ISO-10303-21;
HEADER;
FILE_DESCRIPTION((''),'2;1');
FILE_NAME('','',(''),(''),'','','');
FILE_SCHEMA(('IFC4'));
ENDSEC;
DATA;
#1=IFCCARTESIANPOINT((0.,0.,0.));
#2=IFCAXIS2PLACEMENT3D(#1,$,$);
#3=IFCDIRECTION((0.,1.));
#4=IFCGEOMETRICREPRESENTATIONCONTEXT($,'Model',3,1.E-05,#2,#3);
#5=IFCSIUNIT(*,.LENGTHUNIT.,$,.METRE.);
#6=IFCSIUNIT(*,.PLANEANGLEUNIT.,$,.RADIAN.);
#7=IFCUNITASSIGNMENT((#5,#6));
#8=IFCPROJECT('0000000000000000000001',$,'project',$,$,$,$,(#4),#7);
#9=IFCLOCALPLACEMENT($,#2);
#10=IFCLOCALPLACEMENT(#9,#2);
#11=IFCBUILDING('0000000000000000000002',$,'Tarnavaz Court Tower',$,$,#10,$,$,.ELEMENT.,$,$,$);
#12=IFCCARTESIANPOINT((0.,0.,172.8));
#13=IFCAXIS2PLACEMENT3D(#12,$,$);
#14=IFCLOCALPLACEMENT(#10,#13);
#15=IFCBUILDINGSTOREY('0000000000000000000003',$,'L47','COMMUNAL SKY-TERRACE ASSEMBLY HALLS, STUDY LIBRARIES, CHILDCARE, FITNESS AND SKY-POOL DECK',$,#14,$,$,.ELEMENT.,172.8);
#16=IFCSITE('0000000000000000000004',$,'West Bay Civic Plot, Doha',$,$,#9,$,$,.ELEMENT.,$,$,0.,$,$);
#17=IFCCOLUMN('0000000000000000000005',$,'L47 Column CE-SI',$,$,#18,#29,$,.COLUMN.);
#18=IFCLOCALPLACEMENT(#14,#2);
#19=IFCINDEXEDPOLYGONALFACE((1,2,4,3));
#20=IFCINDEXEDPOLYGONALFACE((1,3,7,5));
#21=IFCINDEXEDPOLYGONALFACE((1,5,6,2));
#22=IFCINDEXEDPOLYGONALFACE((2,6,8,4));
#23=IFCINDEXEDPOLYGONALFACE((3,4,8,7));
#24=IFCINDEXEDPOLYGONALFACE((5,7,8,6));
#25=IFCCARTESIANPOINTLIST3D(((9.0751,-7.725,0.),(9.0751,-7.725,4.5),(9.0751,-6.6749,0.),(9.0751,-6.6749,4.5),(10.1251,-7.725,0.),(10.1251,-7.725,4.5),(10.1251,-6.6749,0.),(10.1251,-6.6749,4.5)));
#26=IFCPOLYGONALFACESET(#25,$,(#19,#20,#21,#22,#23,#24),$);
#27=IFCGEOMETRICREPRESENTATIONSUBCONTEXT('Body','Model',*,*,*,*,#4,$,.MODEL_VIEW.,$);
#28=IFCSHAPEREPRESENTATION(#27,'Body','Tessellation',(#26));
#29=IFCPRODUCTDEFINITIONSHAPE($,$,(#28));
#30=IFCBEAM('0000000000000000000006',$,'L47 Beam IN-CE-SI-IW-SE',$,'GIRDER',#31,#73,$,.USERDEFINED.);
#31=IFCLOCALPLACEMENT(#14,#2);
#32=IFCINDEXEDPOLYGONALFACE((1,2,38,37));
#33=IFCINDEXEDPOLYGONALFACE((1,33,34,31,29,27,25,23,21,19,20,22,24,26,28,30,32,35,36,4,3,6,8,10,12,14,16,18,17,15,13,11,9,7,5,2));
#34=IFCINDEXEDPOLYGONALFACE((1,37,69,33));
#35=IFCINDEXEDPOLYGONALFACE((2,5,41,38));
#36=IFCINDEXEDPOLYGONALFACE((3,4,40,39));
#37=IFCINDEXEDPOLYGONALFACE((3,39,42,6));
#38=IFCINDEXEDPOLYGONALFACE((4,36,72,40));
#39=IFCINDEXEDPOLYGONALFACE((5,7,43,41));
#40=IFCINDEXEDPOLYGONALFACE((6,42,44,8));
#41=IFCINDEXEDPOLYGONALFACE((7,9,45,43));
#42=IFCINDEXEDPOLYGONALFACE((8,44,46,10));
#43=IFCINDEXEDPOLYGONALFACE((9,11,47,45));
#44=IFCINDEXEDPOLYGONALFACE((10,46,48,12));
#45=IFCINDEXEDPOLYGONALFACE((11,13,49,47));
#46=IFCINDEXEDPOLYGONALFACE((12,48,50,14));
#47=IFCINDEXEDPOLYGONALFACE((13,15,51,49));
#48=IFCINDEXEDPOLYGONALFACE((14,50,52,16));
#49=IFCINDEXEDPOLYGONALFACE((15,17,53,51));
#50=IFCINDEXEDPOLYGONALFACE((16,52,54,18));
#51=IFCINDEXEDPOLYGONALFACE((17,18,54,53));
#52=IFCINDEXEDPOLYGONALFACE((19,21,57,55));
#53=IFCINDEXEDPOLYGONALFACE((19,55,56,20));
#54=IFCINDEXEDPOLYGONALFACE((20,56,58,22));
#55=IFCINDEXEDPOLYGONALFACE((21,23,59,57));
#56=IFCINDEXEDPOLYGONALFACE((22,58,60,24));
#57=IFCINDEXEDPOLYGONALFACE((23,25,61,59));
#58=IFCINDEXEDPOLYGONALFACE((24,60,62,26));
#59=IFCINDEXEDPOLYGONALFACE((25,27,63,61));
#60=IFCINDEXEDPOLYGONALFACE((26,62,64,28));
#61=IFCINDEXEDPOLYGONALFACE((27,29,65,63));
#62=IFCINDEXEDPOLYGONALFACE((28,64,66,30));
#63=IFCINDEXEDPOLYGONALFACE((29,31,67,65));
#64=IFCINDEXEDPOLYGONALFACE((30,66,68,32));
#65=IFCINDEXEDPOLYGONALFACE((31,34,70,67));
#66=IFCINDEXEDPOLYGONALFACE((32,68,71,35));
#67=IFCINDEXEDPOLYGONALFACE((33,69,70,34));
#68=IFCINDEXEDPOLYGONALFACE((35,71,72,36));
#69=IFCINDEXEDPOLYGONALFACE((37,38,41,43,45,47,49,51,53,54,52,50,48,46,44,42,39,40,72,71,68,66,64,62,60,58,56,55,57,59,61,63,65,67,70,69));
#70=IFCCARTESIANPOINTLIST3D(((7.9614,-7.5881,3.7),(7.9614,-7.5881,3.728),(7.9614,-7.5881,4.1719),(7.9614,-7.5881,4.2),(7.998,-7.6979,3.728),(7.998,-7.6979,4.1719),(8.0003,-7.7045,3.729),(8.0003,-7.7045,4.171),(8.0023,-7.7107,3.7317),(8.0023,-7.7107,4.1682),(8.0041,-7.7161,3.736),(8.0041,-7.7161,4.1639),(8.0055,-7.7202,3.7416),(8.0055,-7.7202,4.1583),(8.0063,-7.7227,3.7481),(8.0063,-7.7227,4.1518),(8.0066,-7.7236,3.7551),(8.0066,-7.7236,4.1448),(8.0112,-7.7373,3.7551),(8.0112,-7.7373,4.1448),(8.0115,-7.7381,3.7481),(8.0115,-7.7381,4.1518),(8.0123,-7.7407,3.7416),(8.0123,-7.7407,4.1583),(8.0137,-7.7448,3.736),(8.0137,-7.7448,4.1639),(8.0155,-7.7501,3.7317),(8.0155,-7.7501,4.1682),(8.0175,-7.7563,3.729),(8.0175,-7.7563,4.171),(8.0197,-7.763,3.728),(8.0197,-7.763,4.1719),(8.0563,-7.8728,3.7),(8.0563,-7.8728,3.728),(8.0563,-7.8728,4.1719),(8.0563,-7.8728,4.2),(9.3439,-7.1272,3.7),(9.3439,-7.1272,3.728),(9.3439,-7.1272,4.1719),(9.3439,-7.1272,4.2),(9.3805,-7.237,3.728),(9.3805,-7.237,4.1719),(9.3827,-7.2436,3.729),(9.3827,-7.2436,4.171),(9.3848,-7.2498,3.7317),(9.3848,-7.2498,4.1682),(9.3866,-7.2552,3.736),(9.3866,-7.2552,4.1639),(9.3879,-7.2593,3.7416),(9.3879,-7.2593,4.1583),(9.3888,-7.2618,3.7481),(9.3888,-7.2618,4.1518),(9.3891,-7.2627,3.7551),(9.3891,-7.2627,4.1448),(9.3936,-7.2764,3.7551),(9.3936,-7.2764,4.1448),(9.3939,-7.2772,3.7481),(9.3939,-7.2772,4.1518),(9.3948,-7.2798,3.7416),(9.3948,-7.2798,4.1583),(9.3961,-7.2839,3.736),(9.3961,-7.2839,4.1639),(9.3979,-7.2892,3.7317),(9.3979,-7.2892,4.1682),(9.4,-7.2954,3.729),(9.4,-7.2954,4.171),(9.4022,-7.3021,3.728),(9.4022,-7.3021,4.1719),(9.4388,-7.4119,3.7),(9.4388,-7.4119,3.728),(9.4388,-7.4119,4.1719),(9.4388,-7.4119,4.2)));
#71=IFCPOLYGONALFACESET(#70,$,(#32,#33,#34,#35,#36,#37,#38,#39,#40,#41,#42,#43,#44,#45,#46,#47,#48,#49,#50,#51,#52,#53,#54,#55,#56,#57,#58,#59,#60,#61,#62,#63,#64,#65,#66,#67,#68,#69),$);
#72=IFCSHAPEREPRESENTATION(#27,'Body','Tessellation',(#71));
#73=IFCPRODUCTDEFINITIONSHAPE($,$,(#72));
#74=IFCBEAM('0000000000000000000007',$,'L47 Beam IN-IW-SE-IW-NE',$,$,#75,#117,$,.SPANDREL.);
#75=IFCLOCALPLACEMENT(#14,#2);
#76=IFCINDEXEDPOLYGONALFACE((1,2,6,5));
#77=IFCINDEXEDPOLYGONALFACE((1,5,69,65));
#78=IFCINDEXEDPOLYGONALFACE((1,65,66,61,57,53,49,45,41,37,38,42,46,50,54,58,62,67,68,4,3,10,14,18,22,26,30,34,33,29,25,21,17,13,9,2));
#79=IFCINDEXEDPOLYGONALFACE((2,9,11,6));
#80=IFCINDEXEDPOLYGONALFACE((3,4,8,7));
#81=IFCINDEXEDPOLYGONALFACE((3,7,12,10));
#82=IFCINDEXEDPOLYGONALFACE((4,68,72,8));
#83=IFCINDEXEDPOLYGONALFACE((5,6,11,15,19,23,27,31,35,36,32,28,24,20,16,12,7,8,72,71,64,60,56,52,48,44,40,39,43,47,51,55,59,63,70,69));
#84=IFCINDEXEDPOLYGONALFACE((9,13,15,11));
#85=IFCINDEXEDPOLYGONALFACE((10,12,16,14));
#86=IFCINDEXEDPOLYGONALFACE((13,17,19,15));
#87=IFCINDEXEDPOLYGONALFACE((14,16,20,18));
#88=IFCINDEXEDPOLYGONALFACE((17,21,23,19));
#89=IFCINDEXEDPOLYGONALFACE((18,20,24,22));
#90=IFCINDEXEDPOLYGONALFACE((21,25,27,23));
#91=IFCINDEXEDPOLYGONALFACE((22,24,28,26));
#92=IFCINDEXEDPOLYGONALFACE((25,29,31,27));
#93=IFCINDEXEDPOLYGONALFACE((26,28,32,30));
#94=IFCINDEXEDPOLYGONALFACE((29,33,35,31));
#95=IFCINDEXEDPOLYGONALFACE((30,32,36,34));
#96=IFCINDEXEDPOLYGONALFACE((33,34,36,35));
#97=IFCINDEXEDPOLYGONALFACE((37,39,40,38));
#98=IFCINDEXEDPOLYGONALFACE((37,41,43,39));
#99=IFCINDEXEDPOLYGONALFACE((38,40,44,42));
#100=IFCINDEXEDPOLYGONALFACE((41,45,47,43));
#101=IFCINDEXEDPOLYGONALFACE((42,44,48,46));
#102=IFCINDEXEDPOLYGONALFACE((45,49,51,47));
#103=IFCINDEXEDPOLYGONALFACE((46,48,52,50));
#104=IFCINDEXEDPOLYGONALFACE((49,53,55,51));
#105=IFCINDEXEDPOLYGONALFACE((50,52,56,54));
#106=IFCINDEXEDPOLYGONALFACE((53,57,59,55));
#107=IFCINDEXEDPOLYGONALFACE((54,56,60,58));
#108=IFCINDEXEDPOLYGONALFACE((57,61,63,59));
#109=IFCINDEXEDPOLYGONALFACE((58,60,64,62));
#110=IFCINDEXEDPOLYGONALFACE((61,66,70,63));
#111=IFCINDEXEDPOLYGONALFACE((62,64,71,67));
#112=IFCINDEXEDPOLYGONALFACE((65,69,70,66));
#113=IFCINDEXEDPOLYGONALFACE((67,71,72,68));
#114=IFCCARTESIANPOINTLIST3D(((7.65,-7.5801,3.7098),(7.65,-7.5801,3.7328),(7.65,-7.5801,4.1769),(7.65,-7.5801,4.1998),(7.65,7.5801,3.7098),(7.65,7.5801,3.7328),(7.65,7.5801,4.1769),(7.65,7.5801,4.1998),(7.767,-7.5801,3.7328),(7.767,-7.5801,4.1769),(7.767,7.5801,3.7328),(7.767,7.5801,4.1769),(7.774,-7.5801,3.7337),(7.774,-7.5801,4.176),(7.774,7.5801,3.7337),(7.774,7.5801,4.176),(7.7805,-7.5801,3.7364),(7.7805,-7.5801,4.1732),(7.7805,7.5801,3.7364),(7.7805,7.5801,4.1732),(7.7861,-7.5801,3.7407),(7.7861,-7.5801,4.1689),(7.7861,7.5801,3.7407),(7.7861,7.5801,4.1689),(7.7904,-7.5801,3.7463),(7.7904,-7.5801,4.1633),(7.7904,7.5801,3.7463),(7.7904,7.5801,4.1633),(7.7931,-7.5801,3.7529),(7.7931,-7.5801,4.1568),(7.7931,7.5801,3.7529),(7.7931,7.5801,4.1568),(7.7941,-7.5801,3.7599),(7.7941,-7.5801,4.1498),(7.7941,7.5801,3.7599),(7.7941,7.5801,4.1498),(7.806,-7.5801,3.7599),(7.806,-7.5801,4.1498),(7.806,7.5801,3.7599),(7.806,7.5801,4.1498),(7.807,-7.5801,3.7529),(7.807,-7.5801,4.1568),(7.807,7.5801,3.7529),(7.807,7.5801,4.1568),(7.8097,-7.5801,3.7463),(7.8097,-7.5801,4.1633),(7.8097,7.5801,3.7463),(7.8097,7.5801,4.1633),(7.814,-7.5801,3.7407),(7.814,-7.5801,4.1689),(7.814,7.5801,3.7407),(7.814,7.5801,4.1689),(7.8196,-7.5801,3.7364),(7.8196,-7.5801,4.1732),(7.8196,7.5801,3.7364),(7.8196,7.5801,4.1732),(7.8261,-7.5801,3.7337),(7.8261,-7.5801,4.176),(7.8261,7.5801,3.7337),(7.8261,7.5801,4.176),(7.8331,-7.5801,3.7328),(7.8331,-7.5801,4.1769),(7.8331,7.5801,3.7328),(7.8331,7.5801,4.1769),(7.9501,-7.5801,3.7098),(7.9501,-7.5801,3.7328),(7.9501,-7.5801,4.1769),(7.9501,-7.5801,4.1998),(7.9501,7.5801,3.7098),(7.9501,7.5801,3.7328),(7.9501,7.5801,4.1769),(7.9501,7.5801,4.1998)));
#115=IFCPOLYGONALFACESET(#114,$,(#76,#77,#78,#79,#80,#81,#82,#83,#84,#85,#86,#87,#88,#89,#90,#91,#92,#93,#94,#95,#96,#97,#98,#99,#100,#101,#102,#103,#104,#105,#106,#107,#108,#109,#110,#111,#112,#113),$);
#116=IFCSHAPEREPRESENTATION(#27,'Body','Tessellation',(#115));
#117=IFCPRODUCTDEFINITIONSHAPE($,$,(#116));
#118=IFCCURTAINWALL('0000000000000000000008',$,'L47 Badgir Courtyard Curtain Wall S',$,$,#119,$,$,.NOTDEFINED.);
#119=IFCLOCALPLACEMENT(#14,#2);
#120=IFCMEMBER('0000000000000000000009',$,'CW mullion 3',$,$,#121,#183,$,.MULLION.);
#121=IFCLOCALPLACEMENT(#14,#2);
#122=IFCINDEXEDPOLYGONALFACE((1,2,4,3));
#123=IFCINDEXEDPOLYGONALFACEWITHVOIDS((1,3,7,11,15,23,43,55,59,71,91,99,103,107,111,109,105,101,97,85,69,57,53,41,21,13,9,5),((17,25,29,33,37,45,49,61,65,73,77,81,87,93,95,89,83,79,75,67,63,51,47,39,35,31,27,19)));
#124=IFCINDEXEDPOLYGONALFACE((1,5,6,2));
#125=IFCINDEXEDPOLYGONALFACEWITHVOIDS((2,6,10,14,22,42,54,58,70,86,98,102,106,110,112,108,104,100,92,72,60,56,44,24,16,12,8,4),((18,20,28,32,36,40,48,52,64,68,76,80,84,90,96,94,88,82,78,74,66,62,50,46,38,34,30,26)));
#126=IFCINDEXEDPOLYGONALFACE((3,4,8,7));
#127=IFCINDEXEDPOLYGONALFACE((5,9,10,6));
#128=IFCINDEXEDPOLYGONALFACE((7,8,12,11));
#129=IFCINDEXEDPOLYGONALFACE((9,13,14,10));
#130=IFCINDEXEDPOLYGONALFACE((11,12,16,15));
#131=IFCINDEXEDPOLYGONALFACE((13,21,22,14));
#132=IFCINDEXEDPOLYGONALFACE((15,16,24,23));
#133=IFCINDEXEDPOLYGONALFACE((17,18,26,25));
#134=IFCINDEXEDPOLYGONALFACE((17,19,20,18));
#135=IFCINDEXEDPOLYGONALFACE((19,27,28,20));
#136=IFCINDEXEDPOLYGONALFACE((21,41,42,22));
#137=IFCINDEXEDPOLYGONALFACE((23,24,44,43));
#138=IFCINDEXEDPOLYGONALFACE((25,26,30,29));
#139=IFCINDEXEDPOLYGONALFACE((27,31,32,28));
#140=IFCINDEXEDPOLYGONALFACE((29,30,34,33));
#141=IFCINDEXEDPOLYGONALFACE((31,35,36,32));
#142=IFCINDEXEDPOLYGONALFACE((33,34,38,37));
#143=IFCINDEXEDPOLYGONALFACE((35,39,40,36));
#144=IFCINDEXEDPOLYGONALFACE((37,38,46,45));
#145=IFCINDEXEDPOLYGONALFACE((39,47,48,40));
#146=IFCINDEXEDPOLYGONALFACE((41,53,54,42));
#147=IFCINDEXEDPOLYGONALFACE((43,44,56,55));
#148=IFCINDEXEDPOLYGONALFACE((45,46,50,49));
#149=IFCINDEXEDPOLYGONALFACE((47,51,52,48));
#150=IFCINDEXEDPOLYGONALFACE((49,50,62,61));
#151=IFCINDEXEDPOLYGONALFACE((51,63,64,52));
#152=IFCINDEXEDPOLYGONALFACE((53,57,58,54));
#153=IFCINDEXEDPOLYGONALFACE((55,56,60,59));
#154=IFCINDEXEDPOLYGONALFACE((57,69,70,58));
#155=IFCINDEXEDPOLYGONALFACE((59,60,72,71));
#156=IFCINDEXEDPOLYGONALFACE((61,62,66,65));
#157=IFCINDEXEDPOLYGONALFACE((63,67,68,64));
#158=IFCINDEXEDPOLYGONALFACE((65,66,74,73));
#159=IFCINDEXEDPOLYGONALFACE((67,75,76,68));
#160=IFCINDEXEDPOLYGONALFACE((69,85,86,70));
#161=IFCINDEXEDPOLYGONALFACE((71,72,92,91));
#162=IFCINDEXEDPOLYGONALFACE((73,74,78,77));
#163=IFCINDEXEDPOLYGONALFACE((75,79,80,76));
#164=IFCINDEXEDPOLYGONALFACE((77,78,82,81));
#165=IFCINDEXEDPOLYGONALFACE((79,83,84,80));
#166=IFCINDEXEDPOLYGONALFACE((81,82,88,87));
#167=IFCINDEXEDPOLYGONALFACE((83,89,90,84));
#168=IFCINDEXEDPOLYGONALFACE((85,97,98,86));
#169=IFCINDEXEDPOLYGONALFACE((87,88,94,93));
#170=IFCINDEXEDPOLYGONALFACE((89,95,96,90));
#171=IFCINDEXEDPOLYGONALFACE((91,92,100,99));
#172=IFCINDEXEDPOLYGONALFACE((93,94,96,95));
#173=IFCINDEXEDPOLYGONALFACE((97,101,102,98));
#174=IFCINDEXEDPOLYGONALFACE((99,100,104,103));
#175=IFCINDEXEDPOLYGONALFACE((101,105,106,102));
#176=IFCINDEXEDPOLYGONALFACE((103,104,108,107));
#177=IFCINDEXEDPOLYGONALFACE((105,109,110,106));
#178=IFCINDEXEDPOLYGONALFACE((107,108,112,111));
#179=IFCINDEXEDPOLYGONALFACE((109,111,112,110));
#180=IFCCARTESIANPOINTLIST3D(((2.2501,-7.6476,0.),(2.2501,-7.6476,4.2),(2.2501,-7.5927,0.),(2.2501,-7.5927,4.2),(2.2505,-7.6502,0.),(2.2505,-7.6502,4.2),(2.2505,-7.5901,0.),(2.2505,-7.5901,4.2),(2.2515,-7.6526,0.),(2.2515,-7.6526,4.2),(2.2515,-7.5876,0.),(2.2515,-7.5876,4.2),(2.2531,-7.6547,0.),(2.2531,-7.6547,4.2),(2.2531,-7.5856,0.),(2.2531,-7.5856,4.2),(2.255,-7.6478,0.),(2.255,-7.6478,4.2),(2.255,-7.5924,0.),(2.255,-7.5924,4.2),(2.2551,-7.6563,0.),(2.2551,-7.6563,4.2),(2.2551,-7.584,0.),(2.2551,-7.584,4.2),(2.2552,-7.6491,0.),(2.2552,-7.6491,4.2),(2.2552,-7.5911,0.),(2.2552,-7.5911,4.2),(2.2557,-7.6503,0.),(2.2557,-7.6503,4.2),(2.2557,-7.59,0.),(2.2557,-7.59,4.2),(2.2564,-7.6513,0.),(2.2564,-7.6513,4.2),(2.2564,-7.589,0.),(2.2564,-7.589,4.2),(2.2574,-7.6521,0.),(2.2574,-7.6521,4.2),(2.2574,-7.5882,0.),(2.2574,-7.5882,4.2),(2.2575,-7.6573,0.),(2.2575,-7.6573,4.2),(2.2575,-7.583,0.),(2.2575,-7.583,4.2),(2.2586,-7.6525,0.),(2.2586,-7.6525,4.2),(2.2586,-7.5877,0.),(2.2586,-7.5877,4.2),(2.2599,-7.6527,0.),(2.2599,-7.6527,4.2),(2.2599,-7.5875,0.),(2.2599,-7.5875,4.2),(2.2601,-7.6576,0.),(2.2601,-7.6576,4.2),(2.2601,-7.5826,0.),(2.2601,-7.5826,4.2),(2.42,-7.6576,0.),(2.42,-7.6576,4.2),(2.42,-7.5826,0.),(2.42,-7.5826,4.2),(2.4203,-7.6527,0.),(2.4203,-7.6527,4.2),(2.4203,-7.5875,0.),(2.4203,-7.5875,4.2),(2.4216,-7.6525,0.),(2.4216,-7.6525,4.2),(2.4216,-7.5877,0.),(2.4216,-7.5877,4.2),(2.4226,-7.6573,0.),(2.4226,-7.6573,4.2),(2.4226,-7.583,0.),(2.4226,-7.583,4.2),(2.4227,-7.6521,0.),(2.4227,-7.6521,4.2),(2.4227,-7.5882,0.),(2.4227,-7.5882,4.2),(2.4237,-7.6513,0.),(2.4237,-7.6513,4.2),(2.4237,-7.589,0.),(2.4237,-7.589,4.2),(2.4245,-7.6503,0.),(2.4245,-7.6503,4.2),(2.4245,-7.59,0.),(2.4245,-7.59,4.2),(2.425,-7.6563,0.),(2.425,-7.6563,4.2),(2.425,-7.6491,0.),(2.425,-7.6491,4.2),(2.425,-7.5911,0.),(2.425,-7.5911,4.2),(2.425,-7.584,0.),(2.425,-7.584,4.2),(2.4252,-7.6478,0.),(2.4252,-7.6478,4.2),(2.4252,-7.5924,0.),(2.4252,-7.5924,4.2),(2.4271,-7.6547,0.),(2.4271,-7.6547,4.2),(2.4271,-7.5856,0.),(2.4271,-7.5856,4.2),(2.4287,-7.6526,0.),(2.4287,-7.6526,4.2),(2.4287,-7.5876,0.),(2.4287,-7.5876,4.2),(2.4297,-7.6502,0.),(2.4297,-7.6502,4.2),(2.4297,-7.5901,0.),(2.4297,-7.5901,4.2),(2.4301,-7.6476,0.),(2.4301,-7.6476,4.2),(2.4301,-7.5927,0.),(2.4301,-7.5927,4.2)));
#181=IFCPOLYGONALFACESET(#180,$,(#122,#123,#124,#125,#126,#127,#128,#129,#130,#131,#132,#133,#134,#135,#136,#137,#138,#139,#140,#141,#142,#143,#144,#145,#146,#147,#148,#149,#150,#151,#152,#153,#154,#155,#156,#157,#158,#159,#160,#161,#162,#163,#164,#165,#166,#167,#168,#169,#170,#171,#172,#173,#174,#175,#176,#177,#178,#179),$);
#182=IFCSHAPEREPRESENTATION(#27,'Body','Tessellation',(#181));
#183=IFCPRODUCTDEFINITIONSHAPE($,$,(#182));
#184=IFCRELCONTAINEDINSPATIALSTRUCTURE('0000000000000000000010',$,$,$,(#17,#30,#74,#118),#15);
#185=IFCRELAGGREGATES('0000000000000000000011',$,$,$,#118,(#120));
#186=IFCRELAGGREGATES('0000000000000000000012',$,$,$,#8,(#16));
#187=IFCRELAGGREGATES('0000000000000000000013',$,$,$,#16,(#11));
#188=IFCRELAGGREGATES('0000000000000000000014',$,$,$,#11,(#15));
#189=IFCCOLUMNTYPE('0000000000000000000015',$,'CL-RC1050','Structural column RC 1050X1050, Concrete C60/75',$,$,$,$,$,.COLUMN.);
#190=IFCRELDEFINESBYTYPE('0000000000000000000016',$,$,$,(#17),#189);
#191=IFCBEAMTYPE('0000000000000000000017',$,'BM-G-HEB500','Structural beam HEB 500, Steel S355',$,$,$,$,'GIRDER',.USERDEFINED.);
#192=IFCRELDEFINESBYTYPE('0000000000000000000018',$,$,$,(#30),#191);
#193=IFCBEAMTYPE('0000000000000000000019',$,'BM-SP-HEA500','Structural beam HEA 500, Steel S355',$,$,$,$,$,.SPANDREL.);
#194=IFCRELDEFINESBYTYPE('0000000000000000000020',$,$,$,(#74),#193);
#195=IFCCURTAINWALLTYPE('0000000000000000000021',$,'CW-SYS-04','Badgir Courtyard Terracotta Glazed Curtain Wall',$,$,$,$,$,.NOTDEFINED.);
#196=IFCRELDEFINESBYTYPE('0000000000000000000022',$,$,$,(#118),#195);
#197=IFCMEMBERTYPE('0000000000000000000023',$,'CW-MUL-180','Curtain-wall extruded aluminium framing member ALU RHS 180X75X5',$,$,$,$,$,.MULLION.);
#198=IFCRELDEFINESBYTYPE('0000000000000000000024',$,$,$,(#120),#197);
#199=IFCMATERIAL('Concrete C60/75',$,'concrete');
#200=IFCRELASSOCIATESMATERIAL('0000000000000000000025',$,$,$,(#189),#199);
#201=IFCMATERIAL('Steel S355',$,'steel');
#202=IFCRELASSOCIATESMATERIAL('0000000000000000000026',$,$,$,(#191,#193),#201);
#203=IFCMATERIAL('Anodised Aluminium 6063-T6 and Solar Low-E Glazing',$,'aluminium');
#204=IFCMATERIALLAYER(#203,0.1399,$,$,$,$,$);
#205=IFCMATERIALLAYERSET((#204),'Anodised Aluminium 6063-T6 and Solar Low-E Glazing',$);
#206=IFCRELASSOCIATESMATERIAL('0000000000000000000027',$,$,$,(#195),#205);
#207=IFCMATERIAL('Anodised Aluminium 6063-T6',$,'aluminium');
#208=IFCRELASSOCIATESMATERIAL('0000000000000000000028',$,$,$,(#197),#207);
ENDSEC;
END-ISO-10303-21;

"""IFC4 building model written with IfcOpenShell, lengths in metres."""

from ifc_helpers import new_model, si_unit, direction, frame, origin, origin_2d, place, context, subcontext, project, spatial, rectangle, hollow_rectangle, i_section, extrude, material, layer, layer_set, material_profile, profile_set, type_object, element, aggregate, save


model = new_model("IFC4")

# Units and contexts
model_context = context("Model", 3, precision=1e-05, world=origin(), true_north=direction((0.0, 1.0)))
body_context = subcontext(model_context, "Body", "Model", "MODEL_VIEW")
ifc_project = project(units=[si_unit("LENGTHUNIT", "METRE"), si_unit("PLANEANGLEUNIT", "RADIAN")], contexts=[model_context])

# Site, building, storey
site_placement = place(None, origin())
site = spatial("IfcSite", under=ifc_project, at=site_placement, Name="West Bay Civic Plot, Doha", CompositionType="ELEMENT", RefElevation=0.0)
building_placement = place(site_placement, origin())
building = spatial("IfcBuilding", under=site, at=building_placement, Name="Tarnavaz Court Tower", CompositionType="ELEMENT")
storey_placement = place(building_placement, frame((0.0, 0.0, 172.8)))
storey = spatial("IfcBuildingStorey", under=building, at=storey_placement, Name="L47", Description="COMMUNAL SKY-TERRACE ASSEMBLY HALLS, STUDY LIBRARIES, CHILDCARE, FITNESS AND SKY-POOL DECK", CompositionType="ELEMENT", Elevation=172.8)

# Column
ifc_material_1 = material(Name="Concrete C60/75", Category="concrete")
ifc_material_profile_1 = material_profile(ifc_material_1, rectangle(XDim=1.05, YDim=1.05, at=origin_2d()), Name="RC 1050X1050")
ifc_profile_set_1 = profile_set([ifc_material_profile_1], Name="Concrete C60/75")
column_type = type_object("IfcColumnType", Name="CL-RC1050", Description="Structural column RC 1050X1050, Concrete C60/75", PredefinedType="COLUMN", material=ifc_profile_set_1)
column_placement = place(storey_placement, frame((9.6001, -7.2, 0.0), z_axis=(0.0, 0.0, 1.0), x_axis=(1.0, 0.0, 0.0)))
element("IfcColumn", 1, at=column_placement, inside=storey, type_object=column_type, Name="L47 Column CE-SI", PredefinedType="COLUMN", context=body_context, shape_type="SweptSolid", body=[
    extrude(rectangle(XDim=1.05, YDim=1.05, at=origin_2d()), origin(), (0.0, 0.0, 1.0), 4.5),
])

# Beams
ifc_material_2 = material(Name="Steel S355", Category="steel")
ifc_material_profile_2 = material_profile(ifc_material_2, i_section(OverallWidth=0.3, OverallDepth=0.5, WebThickness=0.0144, FlangeThickness=0.0281, FilletRadius=0.0271, at=origin_2d()), Name="HEB 500")
ifc_profile_set_2 = profile_set([ifc_material_profile_2], Name="Steel S355")
beam_type_1 = type_object("IfcBeamType", Name="BM-G-HEB500", Description="Structural beam HEB 500, Steel S355", ElementType="GIRDER", PredefinedType="USERDEFINED", material=ifc_profile_set_2)
beam_1_placement = place(storey_placement, frame((9.3914, -7.2695, 3.95), z_axis=(-0.948667, -0.316278, 0.0), x_axis=(0.316278, -0.948667, 0.0)))
element("IfcBeam", 2, at=beam_1_placement, inside=storey, type_object=beam_type_1, Name="L47 Beam IN-CE-SI-IW-SE", ObjectType="GIRDER", PredefinedType="USERDEFINED", context=body_context, shape_type="SweptSolid", body=[
    extrude(i_section(OverallWidth=0.3, OverallDepth=0.5, WebThickness=0.0144, FlangeThickness=0.0281, FilletRadius=0.0271, at=origin_2d()), origin(), (0.0, 0.0, 1.0), 1.4573),
])
ifc_material_profile_3 = material_profile(ifc_material_2, i_section(OverallWidth=0.3, OverallDepth=0.49, WebThickness=0.012, FlangeThickness=0.0229, FilletRadius=0.0271, at=origin_2d()), Name="HEA 500")
ifc_profile_set_3 = profile_set([ifc_material_profile_3], Name="Steel S355")
beam_type_2 = type_object("IfcBeamType", Name="BM-SP-HEA500", Description="Structural beam HEA 500, Steel S355", PredefinedType="SPANDREL", material=ifc_profile_set_3)
beam_2_placement = place(storey_placement, frame((7.8, -7.5801, 3.9548), z_axis=(0.0, 1.0, 0.0), x_axis=(-1.0, 0.0, 0.0)))
element("IfcBeam", 3, at=beam_2_placement, inside=storey, type_object=beam_type_2, Name="L47 Beam IN-IW-SE-IW-NE", PredefinedType="SPANDREL", context=body_context, shape_type="SweptSolid", body=[
    extrude(i_section(OverallWidth=0.3, OverallDepth=0.49, WebThickness=0.012, FlangeThickness=0.0229, FilletRadius=0.0271, at=origin_2d()), origin(), (0.0, 0.0, 1.0), 15.1602),
])

# Curtain wall, member
ifc_material_3 = material(Name="Anodised Aluminium 6063-T6 and Solar Low-E Glazing", Category="aluminium")
ifc_layer_1 = layer(ifc_material_3, 0.1399)
ifc_layer_set_1 = layer_set([ifc_layer_1], Name="Anodised Aluminium 6063-T6 and Solar Low-E Glazing")
curtain_wall_type = type_object("IfcCurtainWallType", Name="CW-SYS-04", Description="Badgir Courtyard Terracotta Glazed Curtain Wall", PredefinedType="NOTDEFINED", material=ifc_layer_set_1)
curtain_wall_placement = place(storey_placement, origin())
curtain_wall = element("IfcCurtainWall", 4, at=curtain_wall_placement, inside=storey, type_object=curtain_wall_type, Name="L47 Badgir Courtyard Curtain Wall S", PredefinedType="NOTDEFINED")
ifc_material_4 = material(Name="Anodised Aluminium 6063-T6", Category="aluminium")
ifc_material_profile_4 = material_profile(ifc_material_4, hollow_rectangle(XDim=0.075, YDim=0.1799, WallThickness=0.0049, InnerFilletRadius=0.0049, OuterFilletRadius=0.01, at=origin_2d()), Name="ALU RHS 180X75X5")
ifc_profile_set_4 = profile_set([ifc_material_profile_4], Name="Anodised Aluminium 6063-T6")
member_type_1 = type_object("IfcMemberType", Name="CW-MUL-180", Description="Curtain-wall extruded aluminium framing member ALU RHS 180X75X5", PredefinedType="MULLION", material=ifc_profile_set_4)
member_1_placement = place(storey_placement, frame((2.3401, -7.6201, 0.0), z_axis=(0.0, 0.0, 1.0), x_axis=(0.0, 1.0, 0.0)))
member_1 = element("IfcMember", 5, at=member_1_placement, type_object=member_type_1, Name="CW mullion 3", PredefinedType="MULLION", context=body_context, shape_type="SweptSolid", body=[
    extrude(hollow_rectangle(XDim=0.075, YDim=0.1799, WallThickness=0.0049, InnerFilletRadius=0.0049, OuterFilletRadius=0.01, at=origin_2d()), origin(), (0.0, 0.0, 1.0), 4.2),
])
aggregate(curtain_wall, [member_1])

save(model, "model.ifc")
